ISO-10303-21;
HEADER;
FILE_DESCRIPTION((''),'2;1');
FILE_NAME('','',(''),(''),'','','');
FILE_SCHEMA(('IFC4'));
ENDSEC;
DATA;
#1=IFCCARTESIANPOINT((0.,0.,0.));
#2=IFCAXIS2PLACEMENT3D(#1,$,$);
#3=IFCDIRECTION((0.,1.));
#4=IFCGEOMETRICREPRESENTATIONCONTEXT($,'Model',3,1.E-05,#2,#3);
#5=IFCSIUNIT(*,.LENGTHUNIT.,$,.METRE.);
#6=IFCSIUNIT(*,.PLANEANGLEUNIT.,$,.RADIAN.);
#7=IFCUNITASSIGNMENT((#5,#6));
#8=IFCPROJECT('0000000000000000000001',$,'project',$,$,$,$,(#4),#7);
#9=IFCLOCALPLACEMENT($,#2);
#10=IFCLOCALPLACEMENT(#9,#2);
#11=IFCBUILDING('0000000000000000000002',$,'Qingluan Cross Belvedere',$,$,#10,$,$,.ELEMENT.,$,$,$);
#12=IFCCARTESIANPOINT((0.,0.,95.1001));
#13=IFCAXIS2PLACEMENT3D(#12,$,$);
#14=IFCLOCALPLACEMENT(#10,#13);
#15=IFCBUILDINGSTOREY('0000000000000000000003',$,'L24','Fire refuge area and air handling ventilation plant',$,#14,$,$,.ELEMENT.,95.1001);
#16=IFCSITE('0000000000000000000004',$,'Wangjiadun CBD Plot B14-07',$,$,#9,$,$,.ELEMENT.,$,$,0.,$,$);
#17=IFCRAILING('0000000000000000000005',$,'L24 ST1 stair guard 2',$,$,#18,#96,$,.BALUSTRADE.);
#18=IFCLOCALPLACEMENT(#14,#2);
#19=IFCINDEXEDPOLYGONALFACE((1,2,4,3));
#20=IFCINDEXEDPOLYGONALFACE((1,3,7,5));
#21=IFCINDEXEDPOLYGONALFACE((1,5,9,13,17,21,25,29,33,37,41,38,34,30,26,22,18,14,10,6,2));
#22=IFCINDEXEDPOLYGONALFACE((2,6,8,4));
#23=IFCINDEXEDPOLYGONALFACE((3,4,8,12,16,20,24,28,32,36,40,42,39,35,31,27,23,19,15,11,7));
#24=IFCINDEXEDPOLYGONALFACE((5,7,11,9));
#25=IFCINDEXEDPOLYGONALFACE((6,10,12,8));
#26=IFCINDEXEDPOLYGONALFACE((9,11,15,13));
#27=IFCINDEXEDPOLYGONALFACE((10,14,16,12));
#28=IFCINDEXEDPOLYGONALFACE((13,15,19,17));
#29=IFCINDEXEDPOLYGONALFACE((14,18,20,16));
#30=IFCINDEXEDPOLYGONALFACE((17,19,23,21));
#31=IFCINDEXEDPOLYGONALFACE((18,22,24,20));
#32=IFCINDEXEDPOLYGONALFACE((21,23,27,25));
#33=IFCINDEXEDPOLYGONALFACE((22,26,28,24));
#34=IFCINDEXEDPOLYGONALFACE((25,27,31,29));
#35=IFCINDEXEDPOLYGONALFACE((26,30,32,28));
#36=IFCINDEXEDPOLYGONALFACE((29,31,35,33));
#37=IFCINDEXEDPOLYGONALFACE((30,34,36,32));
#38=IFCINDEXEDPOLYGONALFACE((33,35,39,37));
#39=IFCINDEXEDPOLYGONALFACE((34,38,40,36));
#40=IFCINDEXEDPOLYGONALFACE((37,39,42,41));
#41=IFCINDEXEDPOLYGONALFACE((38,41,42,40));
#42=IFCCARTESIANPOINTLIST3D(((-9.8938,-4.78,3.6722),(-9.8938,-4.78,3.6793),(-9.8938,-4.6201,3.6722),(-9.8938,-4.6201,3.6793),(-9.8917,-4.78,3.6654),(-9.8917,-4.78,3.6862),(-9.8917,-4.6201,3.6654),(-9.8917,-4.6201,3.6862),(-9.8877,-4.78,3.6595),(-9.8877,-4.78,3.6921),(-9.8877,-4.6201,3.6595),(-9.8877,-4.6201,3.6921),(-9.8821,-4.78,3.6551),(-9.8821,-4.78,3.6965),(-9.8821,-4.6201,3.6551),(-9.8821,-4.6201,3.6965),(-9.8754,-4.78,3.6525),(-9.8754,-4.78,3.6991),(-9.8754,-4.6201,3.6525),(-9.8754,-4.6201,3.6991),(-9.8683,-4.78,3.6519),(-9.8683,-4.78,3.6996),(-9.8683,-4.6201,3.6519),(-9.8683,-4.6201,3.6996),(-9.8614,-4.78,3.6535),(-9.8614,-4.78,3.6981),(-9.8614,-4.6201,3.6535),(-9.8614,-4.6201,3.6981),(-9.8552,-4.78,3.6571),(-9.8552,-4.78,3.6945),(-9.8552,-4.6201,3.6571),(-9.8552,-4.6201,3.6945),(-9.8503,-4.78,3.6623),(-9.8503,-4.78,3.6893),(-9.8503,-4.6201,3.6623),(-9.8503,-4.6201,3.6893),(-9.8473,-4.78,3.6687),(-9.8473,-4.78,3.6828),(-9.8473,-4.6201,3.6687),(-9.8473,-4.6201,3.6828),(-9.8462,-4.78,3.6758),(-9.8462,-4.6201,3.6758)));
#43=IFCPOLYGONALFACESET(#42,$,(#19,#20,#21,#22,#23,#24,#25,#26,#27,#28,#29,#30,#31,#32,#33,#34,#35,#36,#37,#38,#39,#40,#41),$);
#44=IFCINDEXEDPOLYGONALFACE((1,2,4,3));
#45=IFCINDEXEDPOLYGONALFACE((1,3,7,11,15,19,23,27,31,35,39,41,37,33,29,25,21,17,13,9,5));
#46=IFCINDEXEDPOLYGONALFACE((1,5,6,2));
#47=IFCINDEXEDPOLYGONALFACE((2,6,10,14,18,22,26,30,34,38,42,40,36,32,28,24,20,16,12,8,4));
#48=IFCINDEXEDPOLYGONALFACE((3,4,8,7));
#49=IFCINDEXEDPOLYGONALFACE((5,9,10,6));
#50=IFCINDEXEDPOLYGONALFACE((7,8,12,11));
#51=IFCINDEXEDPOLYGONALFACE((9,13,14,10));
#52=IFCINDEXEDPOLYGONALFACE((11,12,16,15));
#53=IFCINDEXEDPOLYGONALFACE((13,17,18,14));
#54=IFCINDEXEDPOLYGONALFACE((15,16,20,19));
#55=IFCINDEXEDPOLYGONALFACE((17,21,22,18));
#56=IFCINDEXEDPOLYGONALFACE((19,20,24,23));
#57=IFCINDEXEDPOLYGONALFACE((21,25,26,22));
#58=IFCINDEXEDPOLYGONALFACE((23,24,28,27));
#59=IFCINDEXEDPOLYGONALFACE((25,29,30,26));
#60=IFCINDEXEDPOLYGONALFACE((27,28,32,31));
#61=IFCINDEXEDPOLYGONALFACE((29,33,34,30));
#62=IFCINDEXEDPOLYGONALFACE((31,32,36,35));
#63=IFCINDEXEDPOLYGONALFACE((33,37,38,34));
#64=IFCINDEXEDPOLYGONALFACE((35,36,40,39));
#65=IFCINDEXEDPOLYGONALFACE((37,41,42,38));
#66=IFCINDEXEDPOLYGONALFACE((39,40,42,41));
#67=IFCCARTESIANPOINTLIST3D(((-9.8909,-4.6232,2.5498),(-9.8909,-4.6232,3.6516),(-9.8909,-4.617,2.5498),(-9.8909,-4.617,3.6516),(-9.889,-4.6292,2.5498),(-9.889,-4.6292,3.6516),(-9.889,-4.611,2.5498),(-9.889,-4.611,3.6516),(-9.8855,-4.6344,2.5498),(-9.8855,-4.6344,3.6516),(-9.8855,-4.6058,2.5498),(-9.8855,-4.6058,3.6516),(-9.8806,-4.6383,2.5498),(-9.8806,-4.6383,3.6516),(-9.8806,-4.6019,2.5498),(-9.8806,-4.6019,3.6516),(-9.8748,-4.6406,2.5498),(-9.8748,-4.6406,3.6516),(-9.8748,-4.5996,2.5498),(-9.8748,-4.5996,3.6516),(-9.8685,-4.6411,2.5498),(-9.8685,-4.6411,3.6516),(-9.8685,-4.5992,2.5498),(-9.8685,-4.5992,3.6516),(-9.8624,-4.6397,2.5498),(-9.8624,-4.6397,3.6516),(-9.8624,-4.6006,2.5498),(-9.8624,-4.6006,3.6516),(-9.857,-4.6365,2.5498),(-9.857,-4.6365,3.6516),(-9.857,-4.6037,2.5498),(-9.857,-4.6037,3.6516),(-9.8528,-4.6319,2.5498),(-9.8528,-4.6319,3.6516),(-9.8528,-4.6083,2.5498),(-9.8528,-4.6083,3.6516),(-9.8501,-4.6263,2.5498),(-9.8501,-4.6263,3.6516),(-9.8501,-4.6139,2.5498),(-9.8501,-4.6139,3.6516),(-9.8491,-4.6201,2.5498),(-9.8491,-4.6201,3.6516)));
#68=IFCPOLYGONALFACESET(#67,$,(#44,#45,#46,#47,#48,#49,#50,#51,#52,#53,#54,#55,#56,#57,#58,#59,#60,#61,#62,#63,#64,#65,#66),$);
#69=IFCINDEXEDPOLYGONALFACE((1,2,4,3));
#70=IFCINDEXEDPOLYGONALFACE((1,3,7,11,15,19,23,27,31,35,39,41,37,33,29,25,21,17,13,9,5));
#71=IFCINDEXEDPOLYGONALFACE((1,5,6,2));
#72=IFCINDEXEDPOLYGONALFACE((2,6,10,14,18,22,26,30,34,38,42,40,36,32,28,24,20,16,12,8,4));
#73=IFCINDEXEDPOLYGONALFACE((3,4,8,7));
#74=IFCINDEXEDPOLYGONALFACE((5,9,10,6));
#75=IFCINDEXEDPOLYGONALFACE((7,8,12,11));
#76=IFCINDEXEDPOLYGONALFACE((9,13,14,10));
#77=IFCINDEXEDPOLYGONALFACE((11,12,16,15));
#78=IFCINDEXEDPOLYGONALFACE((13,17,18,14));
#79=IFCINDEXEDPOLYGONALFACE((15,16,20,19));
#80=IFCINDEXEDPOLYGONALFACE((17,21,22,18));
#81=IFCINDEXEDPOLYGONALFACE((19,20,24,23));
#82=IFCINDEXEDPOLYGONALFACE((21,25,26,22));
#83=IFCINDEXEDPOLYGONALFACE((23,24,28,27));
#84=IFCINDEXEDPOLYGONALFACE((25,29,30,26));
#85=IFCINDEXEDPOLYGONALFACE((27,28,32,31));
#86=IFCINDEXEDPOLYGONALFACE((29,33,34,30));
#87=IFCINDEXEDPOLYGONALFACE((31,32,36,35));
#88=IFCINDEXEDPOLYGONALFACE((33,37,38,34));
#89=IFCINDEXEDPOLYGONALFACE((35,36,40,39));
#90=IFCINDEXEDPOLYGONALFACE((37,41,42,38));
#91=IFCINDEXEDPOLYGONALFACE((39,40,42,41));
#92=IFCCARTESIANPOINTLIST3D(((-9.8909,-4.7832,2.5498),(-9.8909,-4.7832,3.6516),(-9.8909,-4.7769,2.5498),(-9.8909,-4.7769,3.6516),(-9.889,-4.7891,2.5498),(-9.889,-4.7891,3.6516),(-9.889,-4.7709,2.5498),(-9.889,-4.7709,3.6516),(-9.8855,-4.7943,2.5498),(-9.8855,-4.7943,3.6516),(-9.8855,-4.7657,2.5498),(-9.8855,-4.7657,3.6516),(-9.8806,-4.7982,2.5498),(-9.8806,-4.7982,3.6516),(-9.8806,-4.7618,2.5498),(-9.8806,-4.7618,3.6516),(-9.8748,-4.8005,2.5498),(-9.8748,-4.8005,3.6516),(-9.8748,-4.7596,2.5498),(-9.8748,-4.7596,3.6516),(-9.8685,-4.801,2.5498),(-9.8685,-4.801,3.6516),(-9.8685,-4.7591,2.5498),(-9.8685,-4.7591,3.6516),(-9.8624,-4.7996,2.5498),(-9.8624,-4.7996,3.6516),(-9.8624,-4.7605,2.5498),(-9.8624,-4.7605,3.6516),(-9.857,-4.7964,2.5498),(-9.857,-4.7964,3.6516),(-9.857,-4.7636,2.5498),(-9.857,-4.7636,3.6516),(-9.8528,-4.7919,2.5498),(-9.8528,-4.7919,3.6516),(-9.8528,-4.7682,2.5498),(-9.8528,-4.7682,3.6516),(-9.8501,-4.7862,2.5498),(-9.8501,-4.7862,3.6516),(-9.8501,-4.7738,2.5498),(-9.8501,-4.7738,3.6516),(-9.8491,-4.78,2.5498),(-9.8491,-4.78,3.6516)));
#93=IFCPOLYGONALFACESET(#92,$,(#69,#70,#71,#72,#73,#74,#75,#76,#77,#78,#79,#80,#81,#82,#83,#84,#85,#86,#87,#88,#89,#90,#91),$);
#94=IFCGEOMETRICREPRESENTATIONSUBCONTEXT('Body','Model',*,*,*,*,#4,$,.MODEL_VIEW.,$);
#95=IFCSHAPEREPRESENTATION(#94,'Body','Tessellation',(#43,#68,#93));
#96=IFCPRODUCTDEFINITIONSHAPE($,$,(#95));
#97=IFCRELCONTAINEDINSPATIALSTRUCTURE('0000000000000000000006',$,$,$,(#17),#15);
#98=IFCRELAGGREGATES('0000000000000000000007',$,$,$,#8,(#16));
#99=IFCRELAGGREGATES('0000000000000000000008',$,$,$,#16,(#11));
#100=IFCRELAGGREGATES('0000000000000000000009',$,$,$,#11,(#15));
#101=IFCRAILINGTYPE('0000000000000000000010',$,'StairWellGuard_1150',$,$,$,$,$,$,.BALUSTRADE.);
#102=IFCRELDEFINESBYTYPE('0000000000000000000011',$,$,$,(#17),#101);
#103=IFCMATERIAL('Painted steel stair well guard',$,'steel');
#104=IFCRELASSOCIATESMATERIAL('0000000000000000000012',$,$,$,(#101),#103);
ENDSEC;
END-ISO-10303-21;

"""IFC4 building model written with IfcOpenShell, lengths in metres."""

from ifc_helpers import new_model, si_unit, direction, frame, origin, origin_2d, place, context, subcontext, project, spatial, circle, extrude, material, type_object, element, save


model = new_model("IFC4")

# Units and contexts
model_context = context("Model", 3, precision=1e-05, world=origin(), true_north=direction((0.0, 1.0)))
body_context = subcontext(model_context, "Body", "Model", "MODEL_VIEW")
ifc_project = project(units=[si_unit("LENGTHUNIT", "METRE"), si_unit("PLANEANGLEUNIT", "RADIAN")], contexts=[model_context])

# Site, building, storey
site_placement = place(None, origin())
site = spatial("IfcSite", under=ifc_project, at=site_placement, Name="Wangjiadun CBD Plot B14-07", CompositionType="ELEMENT", RefElevation=0.0)
building_placement = place(site_placement, origin())
building = spatial("IfcBuilding", under=site, at=building_placement, Name="Qingluan Cross Belvedere", CompositionType="ELEMENT")
storey_placement = place(building_placement, frame((0.0, 0.0, 95.1001)))
storey = spatial("IfcBuildingStorey", under=building, at=storey_placement, Name="L24", Description="Fire refuge area and air handling ventilation plant", CompositionType="ELEMENT", Elevation=95.1001)

# Railing
ifc_material_1 = material(Name="Painted steel stair well guard", Category="steel")
railing_type_1 = type_object("IfcRailingType", Name="StairWellGuard_1150", PredefinedType="BALUSTRADE", material=ifc_material_1)
railing_1_placement = place(storey_placement, frame((-9.8701, -4.6201, 2.5498)))
element("IfcRailing", 1, at=railing_1_placement, inside=storey, type_object=railing_type_1, Name="L24 ST1 stair guard 2", PredefinedType="BALUSTRADE", context=body_context, shape_type="SweptSolid", body=[
    extrude(circle(Radius=0.0239, at=origin_2d()), frame((0.0, 0.0, 1.126), z_axis=(0.0, -1.0, 0.0), x_axis=(1.0, 0.0, 0.0)), (0.0, 0.0, 1.0), 0.1599),
    extrude(circle(Radius=0.021, at=origin_2d()), origin(), (0.0, 0.0, 1.0), 1.1018),
    extrude(circle(Radius=0.021, at=origin_2d()), frame((0.0, -0.1599, 0.0)), (0.0, 0.0, 1.0), 1.1018),
])

save(model, "model.ifc")
